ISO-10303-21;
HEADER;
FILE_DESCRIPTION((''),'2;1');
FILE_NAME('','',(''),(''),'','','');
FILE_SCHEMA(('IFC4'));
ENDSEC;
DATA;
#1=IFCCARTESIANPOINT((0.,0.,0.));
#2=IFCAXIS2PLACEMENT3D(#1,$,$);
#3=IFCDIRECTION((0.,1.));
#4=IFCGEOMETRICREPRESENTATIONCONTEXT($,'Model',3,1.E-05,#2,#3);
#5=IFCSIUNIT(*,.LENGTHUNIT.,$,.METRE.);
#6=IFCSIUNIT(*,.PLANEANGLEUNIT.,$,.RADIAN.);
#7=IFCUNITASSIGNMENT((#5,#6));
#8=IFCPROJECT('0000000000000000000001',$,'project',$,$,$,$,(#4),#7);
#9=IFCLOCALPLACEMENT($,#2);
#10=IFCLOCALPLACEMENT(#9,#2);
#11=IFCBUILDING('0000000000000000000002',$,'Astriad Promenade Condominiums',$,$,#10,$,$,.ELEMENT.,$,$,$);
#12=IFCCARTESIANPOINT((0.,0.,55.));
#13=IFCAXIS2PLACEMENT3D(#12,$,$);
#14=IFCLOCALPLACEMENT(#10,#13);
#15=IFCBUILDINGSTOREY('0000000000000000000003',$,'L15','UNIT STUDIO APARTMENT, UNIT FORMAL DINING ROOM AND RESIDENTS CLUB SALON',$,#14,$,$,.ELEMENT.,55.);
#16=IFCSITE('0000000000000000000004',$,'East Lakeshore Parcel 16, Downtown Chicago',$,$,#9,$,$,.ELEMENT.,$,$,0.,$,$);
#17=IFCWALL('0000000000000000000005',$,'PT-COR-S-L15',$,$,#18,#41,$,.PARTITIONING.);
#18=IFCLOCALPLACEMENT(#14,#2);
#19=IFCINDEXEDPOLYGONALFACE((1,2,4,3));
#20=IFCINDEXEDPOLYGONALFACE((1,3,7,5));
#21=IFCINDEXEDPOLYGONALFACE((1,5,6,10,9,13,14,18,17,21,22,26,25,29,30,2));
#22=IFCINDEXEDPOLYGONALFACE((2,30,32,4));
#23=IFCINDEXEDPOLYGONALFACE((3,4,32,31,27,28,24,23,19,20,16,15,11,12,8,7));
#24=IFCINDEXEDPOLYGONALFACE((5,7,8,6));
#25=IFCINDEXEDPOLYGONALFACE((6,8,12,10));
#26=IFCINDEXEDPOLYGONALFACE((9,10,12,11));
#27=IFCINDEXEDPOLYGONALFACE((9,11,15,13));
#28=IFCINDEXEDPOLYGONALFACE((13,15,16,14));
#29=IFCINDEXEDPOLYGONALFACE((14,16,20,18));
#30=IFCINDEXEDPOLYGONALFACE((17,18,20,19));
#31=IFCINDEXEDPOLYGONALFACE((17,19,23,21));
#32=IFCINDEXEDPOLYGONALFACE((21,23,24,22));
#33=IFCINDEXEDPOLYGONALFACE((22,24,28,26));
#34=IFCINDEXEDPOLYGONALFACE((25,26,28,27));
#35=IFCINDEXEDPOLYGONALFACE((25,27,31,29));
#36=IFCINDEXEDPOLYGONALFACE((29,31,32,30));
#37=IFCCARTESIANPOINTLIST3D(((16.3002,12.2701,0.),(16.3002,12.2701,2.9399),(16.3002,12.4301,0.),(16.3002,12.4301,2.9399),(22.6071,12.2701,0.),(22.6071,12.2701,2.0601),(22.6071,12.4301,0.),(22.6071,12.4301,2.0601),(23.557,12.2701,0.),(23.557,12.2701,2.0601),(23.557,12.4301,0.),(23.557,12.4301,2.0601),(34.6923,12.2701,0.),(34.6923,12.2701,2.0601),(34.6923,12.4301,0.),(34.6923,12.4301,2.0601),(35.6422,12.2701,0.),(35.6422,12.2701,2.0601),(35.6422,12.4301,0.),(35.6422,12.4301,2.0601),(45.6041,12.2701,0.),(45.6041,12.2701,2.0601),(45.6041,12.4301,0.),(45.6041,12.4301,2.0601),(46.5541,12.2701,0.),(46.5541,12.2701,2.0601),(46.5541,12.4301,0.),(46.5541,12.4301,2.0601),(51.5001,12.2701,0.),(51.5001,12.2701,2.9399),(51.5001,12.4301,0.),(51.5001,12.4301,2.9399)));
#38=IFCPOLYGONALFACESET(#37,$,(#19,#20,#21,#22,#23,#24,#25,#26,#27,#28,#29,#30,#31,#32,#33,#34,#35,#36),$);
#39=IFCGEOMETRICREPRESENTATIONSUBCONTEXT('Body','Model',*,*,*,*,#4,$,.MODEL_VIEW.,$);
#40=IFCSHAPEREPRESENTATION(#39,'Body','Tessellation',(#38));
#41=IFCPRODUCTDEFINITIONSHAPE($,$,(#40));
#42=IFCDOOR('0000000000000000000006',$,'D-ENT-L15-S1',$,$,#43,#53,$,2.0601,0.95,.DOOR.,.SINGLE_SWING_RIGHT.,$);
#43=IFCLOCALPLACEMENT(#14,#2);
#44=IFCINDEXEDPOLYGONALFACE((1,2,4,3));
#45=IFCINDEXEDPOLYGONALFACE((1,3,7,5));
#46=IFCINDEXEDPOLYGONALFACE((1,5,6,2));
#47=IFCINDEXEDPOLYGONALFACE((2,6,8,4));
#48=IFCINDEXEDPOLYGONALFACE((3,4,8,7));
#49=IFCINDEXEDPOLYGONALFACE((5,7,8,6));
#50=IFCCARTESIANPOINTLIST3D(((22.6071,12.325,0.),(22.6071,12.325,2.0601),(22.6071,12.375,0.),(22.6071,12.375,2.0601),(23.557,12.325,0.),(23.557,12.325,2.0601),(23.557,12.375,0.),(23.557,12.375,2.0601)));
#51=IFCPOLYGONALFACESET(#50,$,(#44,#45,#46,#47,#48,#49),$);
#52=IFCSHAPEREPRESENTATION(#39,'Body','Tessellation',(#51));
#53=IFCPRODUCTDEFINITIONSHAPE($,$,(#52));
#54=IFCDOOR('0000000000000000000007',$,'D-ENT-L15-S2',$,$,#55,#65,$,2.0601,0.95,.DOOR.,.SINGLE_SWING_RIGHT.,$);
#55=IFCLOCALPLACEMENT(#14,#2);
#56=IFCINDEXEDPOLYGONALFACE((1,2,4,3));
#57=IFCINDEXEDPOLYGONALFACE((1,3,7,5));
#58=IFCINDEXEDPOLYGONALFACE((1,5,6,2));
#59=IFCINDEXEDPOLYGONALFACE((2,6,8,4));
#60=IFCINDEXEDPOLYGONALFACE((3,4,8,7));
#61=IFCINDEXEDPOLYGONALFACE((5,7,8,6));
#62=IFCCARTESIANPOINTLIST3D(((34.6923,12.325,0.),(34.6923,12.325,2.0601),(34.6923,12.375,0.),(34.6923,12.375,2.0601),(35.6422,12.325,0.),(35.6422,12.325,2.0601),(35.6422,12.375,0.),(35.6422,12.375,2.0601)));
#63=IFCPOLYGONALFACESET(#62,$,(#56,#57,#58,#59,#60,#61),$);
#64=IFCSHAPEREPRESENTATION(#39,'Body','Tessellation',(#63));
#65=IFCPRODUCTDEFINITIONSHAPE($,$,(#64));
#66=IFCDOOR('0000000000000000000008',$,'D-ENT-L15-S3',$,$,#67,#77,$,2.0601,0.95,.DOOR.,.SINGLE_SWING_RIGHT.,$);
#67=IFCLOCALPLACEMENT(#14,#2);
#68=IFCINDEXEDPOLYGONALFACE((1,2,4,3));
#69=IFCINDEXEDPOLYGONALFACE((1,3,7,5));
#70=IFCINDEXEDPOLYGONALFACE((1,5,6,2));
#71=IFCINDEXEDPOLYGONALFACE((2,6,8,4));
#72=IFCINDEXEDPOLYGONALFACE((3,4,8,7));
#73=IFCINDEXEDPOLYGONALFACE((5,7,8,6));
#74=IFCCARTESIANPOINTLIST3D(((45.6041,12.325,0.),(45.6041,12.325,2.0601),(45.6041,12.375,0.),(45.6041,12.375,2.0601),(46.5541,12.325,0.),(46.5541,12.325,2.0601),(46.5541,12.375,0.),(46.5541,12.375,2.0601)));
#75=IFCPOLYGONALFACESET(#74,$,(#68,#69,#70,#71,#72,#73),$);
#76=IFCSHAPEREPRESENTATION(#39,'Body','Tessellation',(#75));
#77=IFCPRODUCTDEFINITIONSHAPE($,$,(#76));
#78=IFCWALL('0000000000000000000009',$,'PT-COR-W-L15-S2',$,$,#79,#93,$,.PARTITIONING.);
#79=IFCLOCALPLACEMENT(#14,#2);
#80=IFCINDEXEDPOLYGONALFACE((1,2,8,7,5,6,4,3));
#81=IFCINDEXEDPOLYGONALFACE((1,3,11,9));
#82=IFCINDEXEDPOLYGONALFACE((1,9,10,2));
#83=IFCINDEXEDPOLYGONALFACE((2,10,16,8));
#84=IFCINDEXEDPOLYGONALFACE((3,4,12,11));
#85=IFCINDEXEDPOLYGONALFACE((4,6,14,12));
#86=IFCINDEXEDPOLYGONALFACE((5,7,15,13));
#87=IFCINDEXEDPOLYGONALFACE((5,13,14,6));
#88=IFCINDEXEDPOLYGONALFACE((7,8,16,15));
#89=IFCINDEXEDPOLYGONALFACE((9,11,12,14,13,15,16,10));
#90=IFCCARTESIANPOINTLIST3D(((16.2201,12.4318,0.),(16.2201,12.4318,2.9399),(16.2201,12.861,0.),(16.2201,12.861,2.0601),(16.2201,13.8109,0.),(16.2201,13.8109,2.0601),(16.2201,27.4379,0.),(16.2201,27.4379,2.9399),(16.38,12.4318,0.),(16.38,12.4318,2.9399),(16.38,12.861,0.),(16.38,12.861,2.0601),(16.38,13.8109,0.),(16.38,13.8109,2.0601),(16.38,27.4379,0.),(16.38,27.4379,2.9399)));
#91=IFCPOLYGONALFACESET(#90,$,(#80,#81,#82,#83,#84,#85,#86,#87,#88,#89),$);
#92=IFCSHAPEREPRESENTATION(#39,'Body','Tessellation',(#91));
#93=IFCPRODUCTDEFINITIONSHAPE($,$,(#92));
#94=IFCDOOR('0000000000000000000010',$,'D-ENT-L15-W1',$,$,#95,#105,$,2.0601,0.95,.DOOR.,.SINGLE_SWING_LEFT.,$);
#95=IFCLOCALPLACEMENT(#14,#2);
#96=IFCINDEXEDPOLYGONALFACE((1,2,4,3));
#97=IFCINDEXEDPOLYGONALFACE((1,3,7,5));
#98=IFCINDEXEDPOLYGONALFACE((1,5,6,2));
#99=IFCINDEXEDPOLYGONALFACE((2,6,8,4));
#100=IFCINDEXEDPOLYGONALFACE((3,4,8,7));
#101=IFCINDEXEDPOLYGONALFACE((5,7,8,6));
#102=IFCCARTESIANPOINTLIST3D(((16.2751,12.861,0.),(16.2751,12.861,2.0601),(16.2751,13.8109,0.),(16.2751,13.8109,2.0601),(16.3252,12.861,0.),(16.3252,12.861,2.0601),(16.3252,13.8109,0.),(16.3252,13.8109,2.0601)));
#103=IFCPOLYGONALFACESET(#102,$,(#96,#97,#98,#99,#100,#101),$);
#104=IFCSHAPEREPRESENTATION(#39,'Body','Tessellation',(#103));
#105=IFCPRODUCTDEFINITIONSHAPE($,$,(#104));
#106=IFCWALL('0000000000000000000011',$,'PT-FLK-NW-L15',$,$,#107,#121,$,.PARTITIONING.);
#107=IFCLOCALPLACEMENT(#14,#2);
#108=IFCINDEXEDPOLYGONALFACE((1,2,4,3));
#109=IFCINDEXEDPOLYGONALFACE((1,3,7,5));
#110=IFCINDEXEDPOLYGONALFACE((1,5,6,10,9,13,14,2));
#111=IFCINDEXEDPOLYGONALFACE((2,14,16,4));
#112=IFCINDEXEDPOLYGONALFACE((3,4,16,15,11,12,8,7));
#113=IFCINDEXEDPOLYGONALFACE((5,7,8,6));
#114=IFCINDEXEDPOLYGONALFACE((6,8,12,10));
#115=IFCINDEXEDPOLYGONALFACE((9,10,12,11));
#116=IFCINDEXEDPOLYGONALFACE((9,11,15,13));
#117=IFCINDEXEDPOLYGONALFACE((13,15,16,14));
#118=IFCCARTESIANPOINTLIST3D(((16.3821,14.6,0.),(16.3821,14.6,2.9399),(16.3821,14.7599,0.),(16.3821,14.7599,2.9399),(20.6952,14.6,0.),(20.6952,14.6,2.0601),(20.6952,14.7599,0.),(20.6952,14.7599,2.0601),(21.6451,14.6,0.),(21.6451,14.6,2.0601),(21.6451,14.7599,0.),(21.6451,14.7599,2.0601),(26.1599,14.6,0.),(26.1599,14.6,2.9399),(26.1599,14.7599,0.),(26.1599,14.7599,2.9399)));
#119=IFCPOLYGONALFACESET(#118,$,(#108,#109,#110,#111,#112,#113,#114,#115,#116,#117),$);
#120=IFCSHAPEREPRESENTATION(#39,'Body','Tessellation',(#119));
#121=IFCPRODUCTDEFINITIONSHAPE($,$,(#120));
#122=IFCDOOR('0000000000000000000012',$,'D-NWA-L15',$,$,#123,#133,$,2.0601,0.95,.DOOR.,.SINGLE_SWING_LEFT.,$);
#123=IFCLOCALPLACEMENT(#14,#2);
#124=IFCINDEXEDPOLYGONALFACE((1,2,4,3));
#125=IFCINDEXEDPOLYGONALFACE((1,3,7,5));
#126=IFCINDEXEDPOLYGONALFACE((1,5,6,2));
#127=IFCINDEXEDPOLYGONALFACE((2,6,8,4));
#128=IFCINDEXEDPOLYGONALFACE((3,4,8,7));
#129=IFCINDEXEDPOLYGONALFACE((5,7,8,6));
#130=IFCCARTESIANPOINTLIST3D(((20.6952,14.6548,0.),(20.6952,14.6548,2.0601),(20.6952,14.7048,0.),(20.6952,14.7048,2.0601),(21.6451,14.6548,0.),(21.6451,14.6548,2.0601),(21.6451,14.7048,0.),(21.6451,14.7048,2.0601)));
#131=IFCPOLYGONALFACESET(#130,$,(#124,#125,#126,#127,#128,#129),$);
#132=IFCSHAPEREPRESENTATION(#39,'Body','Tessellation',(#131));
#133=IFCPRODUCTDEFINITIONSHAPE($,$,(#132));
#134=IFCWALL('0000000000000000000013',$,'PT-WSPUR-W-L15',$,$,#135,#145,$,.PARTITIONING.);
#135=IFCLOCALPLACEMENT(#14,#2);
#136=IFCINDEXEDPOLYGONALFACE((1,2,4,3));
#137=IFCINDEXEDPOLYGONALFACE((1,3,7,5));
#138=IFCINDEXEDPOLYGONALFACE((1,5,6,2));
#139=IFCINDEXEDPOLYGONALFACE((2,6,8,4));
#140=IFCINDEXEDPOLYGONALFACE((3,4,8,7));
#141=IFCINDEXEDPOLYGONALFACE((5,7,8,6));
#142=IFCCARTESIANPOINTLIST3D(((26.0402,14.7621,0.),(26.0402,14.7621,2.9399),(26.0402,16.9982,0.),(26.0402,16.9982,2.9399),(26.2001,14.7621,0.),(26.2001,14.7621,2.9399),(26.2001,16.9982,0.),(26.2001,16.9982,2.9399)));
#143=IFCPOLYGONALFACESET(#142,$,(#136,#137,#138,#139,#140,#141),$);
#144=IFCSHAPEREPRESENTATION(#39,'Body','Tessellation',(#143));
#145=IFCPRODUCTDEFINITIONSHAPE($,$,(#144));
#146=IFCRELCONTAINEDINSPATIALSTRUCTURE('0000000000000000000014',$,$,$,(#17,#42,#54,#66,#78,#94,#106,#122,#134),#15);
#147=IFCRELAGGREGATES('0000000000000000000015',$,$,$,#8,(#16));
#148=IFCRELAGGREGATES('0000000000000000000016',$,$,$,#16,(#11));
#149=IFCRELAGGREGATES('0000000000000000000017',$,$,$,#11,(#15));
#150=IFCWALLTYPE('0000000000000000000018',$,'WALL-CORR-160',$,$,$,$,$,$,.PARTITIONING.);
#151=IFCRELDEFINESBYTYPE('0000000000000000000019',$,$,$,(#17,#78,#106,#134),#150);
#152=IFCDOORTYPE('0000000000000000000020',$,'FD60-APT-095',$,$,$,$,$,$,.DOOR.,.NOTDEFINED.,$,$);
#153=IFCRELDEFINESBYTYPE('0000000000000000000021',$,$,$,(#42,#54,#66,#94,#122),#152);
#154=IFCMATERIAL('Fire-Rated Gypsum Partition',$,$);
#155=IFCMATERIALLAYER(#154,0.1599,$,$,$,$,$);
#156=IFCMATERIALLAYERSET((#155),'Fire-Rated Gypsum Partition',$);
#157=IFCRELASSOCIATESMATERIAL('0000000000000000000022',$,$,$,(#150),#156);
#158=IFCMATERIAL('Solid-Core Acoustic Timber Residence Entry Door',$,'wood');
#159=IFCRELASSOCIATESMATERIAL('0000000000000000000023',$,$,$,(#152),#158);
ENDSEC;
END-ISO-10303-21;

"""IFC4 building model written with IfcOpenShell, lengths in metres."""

from ifc_helpers import new_model, si_unit, direction, frame, frame_2d, origin, place, context, subcontext, project, spatial, rectangle, extrude, source, transform, mapped, material, layer, layer_set, type_object, type_shapes, element, fill, save


model = new_model("IFC4")

# Units and contexts
model_context = context("Model", 3, precision=1e-05, world=origin(), true_north=direction((0.0, 1.0)))
body_context = subcontext(model_context, "Body", "Model", "MODEL_VIEW")
ifc_project = project(units=[si_unit("LENGTHUNIT", "METRE"), si_unit("PLANEANGLEUNIT", "RADIAN")], contexts=[model_context])

# Site, building, storey
site_placement = place(None, origin())
site = spatial("IfcSite", under=ifc_project, at=site_placement, Name="East Lakeshore Parcel 16, Downtown Chicago", CompositionType="ELEMENT", RefElevation=0.0)
building_placement = place(site_placement, origin())
building = spatial("IfcBuilding", under=site, at=building_placement, Name="Astriad Promenade Condominiums", CompositionType="ELEMENT")
storey_placement = place(building_placement, frame((0.0, 0.0, 55.0)))
storey = spatial("IfcBuildingStorey", under=building, at=storey_placement, Name="L15", Description="UNIT STUDIO APARTMENT, UNIT FORMAL DINING ROOM AND RESIDENTS CLUB SALON", CompositionType="ELEMENT", Elevation=55.0)

# Wall, openings, doors
ifc_material_1 = material(Name="Fire-Rated Gypsum Partition")
ifc_layer_1 = layer(ifc_material_1, 0.1599)
ifc_layer_set_1 = layer_set([ifc_layer_1], Name="Fire-Rated Gypsum Partition")
wall_type_1 = type_object("IfcWallType", Name="WALL-CORR-160", PredefinedType="PARTITIONING", material=ifc_layer_set_1)
wall_1_placement = place(storey_placement, frame((16.3, 12.3501, 0.0), z_axis=(0.0, 0.0, 1.0), x_axis=(1.0, 0.0, 0.0)))
wall_1 = element("IfcWall", 1, at=wall_1_placement, inside=storey, type_object=wall_type_1, Name="PT-COR-S-L15", PredefinedType="PARTITIONING", context=body_context, shape_type="SweptSolid", body=[
    extrude(rectangle(XDim=35.2, YDim=0.1599, at=frame_2d((17.6001, 0.0))), origin(), (0.0, 0.0, 1.0), 2.9399),
])
opening_1_placement = place(wall_1_placement, frame((6.3069, 0.0, 0.0)))
opening_1 = element("IfcOpeningElement", 2, at=opening_1_placement, cuts=wall_1, PredefinedType="OPENING", context=body_context, shape_type="SweptSolid", body=[
    extrude(rectangle(XDim=0.95, YDim=2.0601, at=frame_2d((0.4751, 1.03))), frame((0.0, 0.0898, 0.0), z_axis=(0.0, -1.0, 0.0), x_axis=(1.0, 0.0, 0.0)), (0.0, 0.0, 1.0), 0.1799),
])
opening_2_placement = place(wall_1_placement, frame((18.3921, 0.0, 0.0)))
opening_2 = element("IfcOpeningElement", 3, at=opening_2_placement, cuts=wall_1, PredefinedType="OPENING", context=body_context, shape_type="SweptSolid", body=[
    extrude(rectangle(XDim=0.95, YDim=2.0601, at=frame_2d((0.4751, 1.03))), frame((0.0, 0.0898, 0.0), z_axis=(0.0, -1.0, 0.0), x_axis=(1.0, 0.0, 0.0)), (0.0, 0.0, 1.0), 0.1799),
])
opening_3_placement = place(wall_1_placement, frame((29.304, 0.0, 0.0)))
opening_3 = element("IfcOpeningElement", 4, at=opening_3_placement, cuts=wall_1, PredefinedType="OPENING", context=body_context, shape_type="SweptSolid", body=[
    extrude(rectangle(XDim=0.95, YDim=2.0601, at=frame_2d((0.4751, 1.03))), frame((0.0, 0.0898, 0.0), z_axis=(0.0, -1.0, 0.0), x_axis=(1.0, 0.0, 0.0)), (0.0, 0.0, 1.0), 0.1799),
])
ifc_material_2 = material(Name="Solid-Core Acoustic Timber Residence Entry Door", Category="wood")
door_type_1 = type_object("IfcDoorType", Name="FD60-APT-095", OperationType="NOTDEFINED", PredefinedType="DOOR", material=ifc_material_2)
shared_shape_1 = source(origin(), body_context, "Body", "SweptSolid", [
    extrude(rectangle(XDim=0.95, YDim=2.0601, at=frame_2d((0.4751, 1.03))), frame((0.0, 0.0249, 0.0), z_axis=(0.0, -1.0, 0.0), x_axis=(1.0, 0.0, 0.0)), (0.0, 0.0, 1.0), 0.05),
])
type_shapes(door_type_1, [shared_shape_1])
door_1_placement = place(opening_1_placement, origin())
door_1 = element("IfcDoor", 5, at=door_1_placement, inside=storey, type_object=door_type_1, Name="D-ENT-L15-S1", OperationType="SINGLE_SWING_RIGHT", OverallHeight=2.0601, OverallWidth=0.95, PredefinedType="DOOR", context=body_context, shape_type="MappedRepresentation", body=[
    mapped(shared_shape_1, transform((0.0, 0.0, 0.0), scale=1.0)),
])
fill(opening_1, door_1)
door_2_placement = place(opening_2_placement, origin())
door_2 = element("IfcDoor", 6, at=door_2_placement, inside=storey, type_object=door_type_1, Name="D-ENT-L15-S2", OperationType="SINGLE_SWING_RIGHT", OverallHeight=2.0601, OverallWidth=0.95, PredefinedType="DOOR", context=body_context, shape_type="MappedRepresentation", body=[
    mapped(shared_shape_1, transform((0.0, 0.0, 0.0), scale=1.0)),
])
fill(opening_2, door_2)
door_3_placement = place(opening_3_placement, origin())
door_3 = element("IfcDoor", 7, at=door_3_placement, inside=storey, type_object=door_type_1, Name="D-ENT-L15-S3", OperationType="SINGLE_SWING_RIGHT", OverallHeight=2.0601, OverallWidth=0.95, PredefinedType="DOOR", context=body_context, shape_type="MappedRepresentation", body=[
    mapped(shared_shape_1, transform((0.0, 0.0, 0.0), scale=1.0)),
])
fill(opening_3, door_3)

# Walls, openings, doors
wall_2_placement = place(storey_placement, frame((16.3, 12.4319, 0.0), z_axis=(0.0, 0.0, 1.0), x_axis=(0.0, 1.0, 0.0)))
wall_2 = element("IfcWall", 8, at=wall_2_placement, inside=storey, type_object=wall_type_1, Name="PT-COR-W-L15-S2", PredefinedType="PARTITIONING", context=body_context, shape_type="SweptSolid", body=[
    extrude(rectangle(XDim=15.0061, YDim=0.1599, at=frame_2d((7.5029, 0.0))), origin(), (0.0, 0.0, 1.0), 2.9399),
])
opening_4_placement = place(wall_2_placement, frame((0.429, 0.0, 0.0)))
opening_4 = element("IfcOpeningElement", 9, at=opening_4_placement, cuts=wall_2, PredefinedType="OPENING", context=body_context, shape_type="SweptSolid", body=[
    extrude(rectangle(XDim=0.95, YDim=2.0601, at=frame_2d((0.4751, 1.03))), frame((0.0, 0.0898, 0.0), z_axis=(0.0, -1.0, 0.0), x_axis=(1.0, 0.0, 0.0)), (0.0, 0.0, 1.0), 0.1799),
])
door_4_placement = place(opening_4_placement, origin())
door_4 = element("IfcDoor", 10, at=door_4_placement, inside=storey, type_object=door_type_1, Name="D-ENT-L15-W1", OperationType="SINGLE_SWING_LEFT", OverallHeight=2.0601, OverallWidth=0.95, PredefinedType="DOOR", context=body_context, shape_type="MappedRepresentation", body=[
    mapped(shared_shape_1, transform((0.0, 0.0, 0.0), scale=1.0)),
])
fill(opening_4, door_4)
wall_3_placement = place(storey_placement, frame((16.3821, 14.6799, 0.0), z_axis=(0.0, 0.0, 1.0), x_axis=(1.0, 0.0, 0.0)))
wall_3 = element("IfcWall", 11, at=wall_3_placement, inside=storey, type_object=wall_type_1, Name="PT-FLK-NW-L15", PredefinedType="PARTITIONING", context=body_context, shape_type="SweptSolid", body=[
    extrude(rectangle(XDim=9.7778, YDim=0.1599, at=frame_2d((4.8889, 0.0))), origin(), (0.0, 0.0, 1.0), 2.9399),
])
opening_5_placement = place(wall_3_placement, frame((4.313, 0.0, 0.0)))
opening_5 = element("IfcOpeningElement", 12, at=opening_5_placement, cuts=wall_3, PredefinedType="OPENING", context=body_context, shape_type="SweptSolid", body=[
    extrude(rectangle(XDim=0.95, YDim=2.0601, at=frame_2d((0.4751, 1.03))), frame((0.0, 0.0898, 0.0), z_axis=(0.0, -1.0, 0.0), x_axis=(1.0, 0.0, 0.0)), (0.0, 0.0, 1.0), 0.1799),
])
door_5_placement = place(opening_5_placement, origin())
door_5 = element("IfcDoor", 13, at=door_5_placement, inside=storey, type_object=door_type_1, Name="D-NWA-L15", OperationType="SINGLE_SWING_LEFT", OverallHeight=2.0601, OverallWidth=0.95, PredefinedType="DOOR", context=body_context, shape_type="MappedRepresentation", body=[
    mapped(shared_shape_1, transform((0.0, 0.0, 0.0), scale=1.0)),
])
fill(opening_5, door_5)

# Wall
wall_4_placement = place(storey_placement, frame((26.1201, 14.762, 0.0), z_axis=(0.0, 0.0, 1.0), x_axis=(0.0, 1.0, 0.0)))
element("IfcWall", 14, at=wall_4_placement, inside=storey, type_object=wall_type_1, Name="PT-WSPUR-W-L15", PredefinedType="PARTITIONING", context=body_context, shape_type="SweptSolid", body=[
    extrude(rectangle(XDim=2.2361, YDim=0.1599, at=frame_2d((1.1182, 0.0))), origin(), (0.0, 0.0, 1.0), 2.9399),
])

save(model, "model.ifc")
